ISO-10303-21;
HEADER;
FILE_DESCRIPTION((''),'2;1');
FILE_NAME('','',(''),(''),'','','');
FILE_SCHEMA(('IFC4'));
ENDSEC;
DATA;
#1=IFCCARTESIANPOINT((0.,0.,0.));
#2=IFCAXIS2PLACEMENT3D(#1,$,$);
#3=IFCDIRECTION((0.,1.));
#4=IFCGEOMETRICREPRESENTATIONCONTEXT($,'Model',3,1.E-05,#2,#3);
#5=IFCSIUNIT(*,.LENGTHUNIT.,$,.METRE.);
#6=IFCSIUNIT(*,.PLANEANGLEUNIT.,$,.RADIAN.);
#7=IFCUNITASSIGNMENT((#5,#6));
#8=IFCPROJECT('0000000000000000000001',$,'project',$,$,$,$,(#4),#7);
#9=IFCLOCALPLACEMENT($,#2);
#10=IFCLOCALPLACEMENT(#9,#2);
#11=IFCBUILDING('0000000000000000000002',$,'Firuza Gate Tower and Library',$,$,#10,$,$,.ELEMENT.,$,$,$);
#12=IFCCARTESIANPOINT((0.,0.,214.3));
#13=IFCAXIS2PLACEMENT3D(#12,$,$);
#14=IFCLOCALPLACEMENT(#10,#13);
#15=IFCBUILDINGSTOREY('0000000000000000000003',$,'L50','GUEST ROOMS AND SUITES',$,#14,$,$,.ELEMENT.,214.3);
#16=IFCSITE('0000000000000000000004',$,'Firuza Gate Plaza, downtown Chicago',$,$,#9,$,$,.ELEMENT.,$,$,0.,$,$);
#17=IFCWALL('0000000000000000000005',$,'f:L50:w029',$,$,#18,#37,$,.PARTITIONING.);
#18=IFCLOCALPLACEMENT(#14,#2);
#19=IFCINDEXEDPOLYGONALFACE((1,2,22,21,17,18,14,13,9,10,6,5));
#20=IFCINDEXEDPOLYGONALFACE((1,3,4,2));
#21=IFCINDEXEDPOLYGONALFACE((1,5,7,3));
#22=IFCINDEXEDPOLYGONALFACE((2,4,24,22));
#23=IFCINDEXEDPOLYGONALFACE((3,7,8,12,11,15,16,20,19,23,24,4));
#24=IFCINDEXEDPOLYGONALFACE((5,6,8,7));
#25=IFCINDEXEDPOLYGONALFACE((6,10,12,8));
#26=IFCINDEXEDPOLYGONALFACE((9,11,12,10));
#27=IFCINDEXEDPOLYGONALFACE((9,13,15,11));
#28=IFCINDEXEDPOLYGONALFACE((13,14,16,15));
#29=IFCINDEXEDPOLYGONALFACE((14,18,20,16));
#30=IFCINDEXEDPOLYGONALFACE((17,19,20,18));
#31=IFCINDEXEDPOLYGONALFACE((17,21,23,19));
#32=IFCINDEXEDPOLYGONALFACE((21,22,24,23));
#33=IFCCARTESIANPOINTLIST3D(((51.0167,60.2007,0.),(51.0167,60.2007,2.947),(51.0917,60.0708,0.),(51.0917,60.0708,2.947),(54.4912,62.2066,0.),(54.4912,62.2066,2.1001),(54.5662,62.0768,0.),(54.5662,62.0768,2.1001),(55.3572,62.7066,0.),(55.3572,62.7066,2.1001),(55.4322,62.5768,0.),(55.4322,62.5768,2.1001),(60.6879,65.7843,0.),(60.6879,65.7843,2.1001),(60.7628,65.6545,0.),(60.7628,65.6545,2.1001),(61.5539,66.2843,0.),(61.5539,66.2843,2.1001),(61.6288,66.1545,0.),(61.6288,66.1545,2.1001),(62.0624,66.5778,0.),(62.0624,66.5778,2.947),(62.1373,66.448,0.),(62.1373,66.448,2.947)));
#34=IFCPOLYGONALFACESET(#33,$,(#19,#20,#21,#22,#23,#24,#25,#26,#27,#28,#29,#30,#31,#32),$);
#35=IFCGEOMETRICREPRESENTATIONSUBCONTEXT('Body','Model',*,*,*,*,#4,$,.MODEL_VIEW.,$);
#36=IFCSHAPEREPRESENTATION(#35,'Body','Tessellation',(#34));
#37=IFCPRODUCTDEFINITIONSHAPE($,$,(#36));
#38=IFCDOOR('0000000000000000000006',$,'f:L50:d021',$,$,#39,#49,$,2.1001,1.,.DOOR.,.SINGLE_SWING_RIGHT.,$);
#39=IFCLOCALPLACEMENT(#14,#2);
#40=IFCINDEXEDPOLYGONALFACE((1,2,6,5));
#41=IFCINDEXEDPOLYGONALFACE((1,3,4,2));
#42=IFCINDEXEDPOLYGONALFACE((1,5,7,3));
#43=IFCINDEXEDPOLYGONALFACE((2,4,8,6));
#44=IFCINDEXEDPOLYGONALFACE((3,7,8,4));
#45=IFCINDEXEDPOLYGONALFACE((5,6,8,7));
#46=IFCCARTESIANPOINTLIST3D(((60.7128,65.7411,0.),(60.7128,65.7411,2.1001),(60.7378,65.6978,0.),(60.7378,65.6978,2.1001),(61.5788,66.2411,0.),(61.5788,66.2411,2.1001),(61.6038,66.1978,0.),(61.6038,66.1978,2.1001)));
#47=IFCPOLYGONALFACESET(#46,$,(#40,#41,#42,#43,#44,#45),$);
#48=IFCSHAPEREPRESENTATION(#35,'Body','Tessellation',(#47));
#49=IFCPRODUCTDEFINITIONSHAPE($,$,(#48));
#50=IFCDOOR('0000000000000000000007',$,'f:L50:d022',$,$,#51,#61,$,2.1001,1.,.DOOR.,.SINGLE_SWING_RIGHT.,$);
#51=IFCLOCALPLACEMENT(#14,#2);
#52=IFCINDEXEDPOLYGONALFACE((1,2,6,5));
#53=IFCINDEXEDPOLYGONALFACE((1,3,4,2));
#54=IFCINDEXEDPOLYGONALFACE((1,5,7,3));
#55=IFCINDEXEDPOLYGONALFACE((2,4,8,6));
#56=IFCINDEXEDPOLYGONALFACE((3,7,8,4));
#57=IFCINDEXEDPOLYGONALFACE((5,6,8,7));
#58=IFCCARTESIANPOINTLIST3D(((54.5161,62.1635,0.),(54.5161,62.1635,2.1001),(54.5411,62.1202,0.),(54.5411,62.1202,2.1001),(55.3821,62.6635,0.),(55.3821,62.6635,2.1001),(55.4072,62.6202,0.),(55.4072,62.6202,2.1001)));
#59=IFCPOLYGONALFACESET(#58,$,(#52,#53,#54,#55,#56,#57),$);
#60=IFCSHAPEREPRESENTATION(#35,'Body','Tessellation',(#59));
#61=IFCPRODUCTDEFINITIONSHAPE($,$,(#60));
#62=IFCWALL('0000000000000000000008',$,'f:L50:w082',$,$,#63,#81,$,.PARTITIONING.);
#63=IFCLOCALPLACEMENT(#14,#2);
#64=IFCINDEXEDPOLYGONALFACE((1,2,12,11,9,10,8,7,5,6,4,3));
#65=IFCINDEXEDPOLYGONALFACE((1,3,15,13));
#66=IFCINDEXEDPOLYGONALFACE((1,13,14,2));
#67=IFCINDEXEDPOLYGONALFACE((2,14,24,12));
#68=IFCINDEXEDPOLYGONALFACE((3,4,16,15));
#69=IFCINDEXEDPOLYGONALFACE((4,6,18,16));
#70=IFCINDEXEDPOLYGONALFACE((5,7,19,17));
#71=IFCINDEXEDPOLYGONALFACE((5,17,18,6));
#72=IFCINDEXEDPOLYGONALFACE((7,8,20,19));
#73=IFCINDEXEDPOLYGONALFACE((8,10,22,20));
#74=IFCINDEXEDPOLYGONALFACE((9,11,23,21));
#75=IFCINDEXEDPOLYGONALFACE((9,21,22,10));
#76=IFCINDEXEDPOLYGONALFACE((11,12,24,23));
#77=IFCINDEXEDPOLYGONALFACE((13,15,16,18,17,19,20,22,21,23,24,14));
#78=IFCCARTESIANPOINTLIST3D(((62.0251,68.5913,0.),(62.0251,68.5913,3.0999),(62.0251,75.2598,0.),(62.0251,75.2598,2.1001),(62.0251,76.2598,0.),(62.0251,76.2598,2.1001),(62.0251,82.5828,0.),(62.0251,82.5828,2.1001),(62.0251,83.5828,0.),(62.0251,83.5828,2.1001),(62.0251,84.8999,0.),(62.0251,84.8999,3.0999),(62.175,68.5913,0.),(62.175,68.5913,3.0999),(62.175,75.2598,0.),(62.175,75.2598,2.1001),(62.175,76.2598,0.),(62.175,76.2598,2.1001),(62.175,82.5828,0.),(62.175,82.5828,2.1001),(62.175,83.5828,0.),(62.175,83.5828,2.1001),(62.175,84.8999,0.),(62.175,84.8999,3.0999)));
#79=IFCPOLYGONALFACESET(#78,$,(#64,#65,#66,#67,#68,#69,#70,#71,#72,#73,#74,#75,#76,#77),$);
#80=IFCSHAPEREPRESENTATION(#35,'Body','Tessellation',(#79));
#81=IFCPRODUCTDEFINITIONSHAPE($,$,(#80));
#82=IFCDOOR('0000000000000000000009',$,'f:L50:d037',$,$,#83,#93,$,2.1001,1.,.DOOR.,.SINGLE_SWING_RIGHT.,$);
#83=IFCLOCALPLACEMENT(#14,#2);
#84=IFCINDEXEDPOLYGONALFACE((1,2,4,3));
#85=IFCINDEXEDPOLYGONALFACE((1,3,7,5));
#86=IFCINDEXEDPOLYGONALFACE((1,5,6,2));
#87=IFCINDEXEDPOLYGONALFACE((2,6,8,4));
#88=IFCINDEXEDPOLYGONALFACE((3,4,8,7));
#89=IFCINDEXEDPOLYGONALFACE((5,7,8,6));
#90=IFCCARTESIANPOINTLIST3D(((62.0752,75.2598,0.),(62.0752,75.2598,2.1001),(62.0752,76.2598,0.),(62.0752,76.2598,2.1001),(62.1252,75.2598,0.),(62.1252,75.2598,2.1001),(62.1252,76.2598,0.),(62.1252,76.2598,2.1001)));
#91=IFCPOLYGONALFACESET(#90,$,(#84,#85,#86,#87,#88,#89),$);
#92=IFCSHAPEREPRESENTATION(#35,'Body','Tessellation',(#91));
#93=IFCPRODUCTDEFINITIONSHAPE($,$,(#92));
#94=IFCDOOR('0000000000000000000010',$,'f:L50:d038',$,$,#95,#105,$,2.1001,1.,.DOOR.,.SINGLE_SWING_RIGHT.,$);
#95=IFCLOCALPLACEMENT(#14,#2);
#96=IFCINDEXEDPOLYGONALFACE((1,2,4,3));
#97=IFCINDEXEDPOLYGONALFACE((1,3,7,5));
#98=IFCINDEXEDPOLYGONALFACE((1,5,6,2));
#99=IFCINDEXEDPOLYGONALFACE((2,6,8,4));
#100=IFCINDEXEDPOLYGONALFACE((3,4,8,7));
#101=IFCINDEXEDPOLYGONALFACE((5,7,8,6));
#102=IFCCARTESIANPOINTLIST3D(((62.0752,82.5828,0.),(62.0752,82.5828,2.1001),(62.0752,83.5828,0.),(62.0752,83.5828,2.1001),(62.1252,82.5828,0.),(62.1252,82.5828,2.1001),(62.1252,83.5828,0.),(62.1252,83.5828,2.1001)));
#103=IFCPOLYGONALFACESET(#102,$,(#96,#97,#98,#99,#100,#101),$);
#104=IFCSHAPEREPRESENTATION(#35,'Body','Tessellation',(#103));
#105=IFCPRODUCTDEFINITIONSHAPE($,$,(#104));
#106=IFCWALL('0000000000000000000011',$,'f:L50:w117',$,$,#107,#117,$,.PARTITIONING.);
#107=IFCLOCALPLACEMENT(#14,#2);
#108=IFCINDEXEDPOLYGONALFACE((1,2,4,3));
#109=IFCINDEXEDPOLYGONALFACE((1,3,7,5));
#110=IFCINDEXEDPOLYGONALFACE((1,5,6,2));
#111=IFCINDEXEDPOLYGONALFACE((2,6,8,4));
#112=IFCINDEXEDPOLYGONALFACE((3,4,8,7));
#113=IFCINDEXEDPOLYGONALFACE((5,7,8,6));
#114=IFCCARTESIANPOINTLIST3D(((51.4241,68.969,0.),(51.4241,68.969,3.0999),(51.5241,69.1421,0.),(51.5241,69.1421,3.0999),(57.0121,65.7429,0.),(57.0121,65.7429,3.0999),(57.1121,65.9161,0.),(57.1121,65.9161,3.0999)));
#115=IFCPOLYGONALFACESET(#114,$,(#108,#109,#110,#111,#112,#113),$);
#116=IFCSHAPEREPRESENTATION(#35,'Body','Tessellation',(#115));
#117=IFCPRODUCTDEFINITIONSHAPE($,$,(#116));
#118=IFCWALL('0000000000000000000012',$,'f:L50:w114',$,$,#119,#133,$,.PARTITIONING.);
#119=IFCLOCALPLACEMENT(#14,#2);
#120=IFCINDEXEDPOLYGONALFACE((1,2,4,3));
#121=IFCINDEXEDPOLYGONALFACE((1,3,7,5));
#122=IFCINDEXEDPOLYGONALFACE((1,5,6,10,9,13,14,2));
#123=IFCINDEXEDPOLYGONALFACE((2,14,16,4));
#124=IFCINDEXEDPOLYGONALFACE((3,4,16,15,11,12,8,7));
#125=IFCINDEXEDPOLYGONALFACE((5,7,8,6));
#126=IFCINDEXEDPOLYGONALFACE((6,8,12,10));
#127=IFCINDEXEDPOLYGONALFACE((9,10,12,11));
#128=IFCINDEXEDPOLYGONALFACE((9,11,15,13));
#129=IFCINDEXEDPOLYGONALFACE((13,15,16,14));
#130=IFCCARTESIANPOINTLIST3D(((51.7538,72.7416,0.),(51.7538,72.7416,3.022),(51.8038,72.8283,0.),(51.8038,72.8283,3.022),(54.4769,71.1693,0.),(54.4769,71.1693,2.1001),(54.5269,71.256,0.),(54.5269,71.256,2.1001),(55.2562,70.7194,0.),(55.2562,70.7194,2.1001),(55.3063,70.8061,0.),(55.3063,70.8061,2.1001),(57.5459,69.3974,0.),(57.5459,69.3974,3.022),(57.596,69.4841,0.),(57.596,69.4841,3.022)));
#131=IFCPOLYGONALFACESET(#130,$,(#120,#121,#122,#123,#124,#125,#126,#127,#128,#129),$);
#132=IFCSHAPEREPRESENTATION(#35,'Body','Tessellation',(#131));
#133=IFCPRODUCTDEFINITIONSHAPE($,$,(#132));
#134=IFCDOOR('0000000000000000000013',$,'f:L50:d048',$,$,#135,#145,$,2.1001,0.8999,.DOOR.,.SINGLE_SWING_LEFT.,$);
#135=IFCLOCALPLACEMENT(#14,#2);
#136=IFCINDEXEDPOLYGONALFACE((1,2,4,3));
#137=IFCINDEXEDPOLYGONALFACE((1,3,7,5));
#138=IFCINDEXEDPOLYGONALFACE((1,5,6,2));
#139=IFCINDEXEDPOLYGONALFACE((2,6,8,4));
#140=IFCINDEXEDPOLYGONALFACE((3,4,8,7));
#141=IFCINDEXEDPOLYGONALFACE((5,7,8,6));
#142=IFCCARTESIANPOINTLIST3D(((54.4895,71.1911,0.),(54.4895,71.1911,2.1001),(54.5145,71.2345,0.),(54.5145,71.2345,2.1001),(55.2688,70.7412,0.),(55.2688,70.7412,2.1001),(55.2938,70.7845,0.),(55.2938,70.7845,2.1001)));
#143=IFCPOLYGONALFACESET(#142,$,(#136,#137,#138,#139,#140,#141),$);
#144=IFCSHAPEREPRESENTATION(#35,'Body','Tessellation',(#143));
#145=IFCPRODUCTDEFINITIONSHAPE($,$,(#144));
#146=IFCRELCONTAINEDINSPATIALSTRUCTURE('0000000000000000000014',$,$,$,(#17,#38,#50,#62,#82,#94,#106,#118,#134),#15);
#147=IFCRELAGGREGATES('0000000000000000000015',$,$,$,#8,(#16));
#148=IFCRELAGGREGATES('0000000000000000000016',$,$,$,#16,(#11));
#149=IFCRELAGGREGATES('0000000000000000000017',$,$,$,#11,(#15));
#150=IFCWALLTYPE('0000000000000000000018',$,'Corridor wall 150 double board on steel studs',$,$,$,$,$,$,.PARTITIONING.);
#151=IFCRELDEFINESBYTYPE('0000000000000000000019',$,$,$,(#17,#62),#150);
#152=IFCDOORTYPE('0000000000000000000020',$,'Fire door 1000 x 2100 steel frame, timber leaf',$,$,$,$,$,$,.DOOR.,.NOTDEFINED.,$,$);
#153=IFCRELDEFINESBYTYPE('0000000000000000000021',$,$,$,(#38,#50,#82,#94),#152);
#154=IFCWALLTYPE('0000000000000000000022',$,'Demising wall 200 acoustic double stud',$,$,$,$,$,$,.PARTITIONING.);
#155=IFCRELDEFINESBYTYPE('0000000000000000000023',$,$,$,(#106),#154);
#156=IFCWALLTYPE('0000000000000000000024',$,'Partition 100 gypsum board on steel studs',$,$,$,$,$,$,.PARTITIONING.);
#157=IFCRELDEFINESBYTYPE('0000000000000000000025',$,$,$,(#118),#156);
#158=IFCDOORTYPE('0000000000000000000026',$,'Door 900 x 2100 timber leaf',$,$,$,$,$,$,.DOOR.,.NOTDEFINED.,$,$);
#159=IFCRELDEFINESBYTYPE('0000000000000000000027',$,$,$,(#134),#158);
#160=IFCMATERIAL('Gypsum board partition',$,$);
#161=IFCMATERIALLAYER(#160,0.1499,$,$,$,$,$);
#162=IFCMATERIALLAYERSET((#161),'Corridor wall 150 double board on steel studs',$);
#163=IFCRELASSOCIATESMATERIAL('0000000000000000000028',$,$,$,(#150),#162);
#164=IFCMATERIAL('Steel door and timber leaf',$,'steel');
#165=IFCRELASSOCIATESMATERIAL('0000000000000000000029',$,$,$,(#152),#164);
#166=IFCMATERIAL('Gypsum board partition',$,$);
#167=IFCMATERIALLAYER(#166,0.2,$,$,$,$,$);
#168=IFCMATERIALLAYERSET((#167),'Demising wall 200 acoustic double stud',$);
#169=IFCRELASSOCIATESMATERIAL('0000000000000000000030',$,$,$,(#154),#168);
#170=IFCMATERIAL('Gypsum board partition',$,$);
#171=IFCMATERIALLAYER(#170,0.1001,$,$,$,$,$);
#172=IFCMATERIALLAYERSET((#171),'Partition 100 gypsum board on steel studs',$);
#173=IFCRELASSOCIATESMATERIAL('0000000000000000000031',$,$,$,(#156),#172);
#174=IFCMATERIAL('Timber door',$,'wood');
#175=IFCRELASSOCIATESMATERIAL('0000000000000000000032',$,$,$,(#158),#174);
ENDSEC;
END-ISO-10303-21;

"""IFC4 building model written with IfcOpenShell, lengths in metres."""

from ifc_helpers import new_model, si_unit, direction, frame, frame_2d, origin, place, context, subcontext, project, spatial, rectangle, extrude, material, layer, layer_set, type_object, element, fill, save


model = new_model("IFC4")

# Units and contexts
model_context = context("Model", 3, precision=1e-05, world=origin(), true_north=direction((0.0, 1.0)))
body_context = subcontext(model_context, "Body", "Model", "MODEL_VIEW")
ifc_project = project(units=[si_unit("LENGTHUNIT", "METRE"), si_unit("PLANEANGLEUNIT", "RADIAN")], contexts=[model_context])

# Site, building, storey
site_placement = place(None, origin())
site = spatial("IfcSite", under=ifc_project, at=site_placement, Name="Firuza Gate Plaza, downtown Chicago", CompositionType="ELEMENT", RefElevation=0.0)
building_placement = place(site_placement, origin())
building = spatial("IfcBuilding", under=site, at=building_placement, Name="Firuza Gate Tower and Library", CompositionType="ELEMENT")
storey_placement = place(building_placement, frame((0.0, 0.0, 214.3)))
storey = spatial("IfcBuildingStorey", under=building, at=storey_placement, Name="L50", Description="GUEST ROOMS AND SUITES", CompositionType="ELEMENT", Elevation=214.3)

# Walls, openings, doors
ifc_material_1 = material(Name="Gypsum board partition")
ifc_layer_1 = layer(ifc_material_1, 0.1499)
ifc_layer_set_1 = layer_set([ifc_layer_1], Name="Corridor wall 150 double board on steel studs")
wall_type_1 = type_object("IfcWallType", Name="Corridor wall 150 double board on steel studs", PredefinedType="PARTITIONING", material=ifc_layer_set_1)
wall_1_placement = place(storey_placement, frame((62.0999, 66.5129, 0.0), z_axis=(0.0, 0.0, 1.0), x_axis=(-0.866026, -0.499999, 0.0)))
wall_1 = element("IfcWall", 1, at=wall_1_placement, inside=storey, type_object=wall_type_1, Name="f:L50:w029", PredefinedType="PARTITIONING", context=body_context, shape_type="SweptSolid", body=[
    extrude(rectangle(XDim=12.7544, YDim=0.1499, at=frame_2d((6.3772, 0.0))), origin(), (0.0, 0.0, 1.0), 2.947),
])
opening_1_placement = place(wall_1_placement, frame((0.5872, 0.0, 0.0)))
opening_1 = element("IfcOpeningElement", 2, at=opening_1_placement, cuts=wall_1, PredefinedType="OPENING", context=body_context, shape_type="SweptSolid", body=[
    extrude(rectangle(XDim=1.0, YDim=2.1001, at=frame_2d((0.5, 1.05))), frame((0.0, 0.085, 0.0), z_axis=(0.0, -1.0, 0.0), x_axis=(1.0, 0.0, 0.0)), (0.0, 0.0, 1.0), 0.1699),
])
opening_2_placement = place(wall_1_placement, frame((7.7424, 0.0, 0.0)))
opening_2 = element("IfcOpeningElement", 3, at=opening_2_placement, cuts=wall_1, PredefinedType="OPENING", context=body_context, shape_type="SweptSolid", body=[
    extrude(rectangle(XDim=1.0, YDim=2.1001, at=frame_2d((0.5, 1.05))), frame((0.0, 0.085, 0.0), z_axis=(0.0, -1.0, 0.0), x_axis=(1.0, 0.0, 0.0)), (0.0, 0.0, 1.0), 0.1699),
])
ifc_material_2 = material(Name="Steel door and timber leaf", Category="steel")
door_type_1 = type_object("IfcDoorType", Name="Fire door 1000 x 2100 steel frame, timber leaf", OperationType="NOTDEFINED", PredefinedType="DOOR", material=ifc_material_2)
door_1_placement = place(opening_1_placement, origin())
door_1 = element("IfcDoor", 4, at=door_1_placement, inside=storey, type_object=door_type_1, Name="f:L50:d021", OperationType="SINGLE_SWING_RIGHT", OverallHeight=2.1001, OverallWidth=1.0, PredefinedType="DOOR", context=body_context, shape_type="SweptSolid", body=[
    extrude(rectangle(XDim=1.0, YDim=2.1001, at=frame_2d((0.5, 1.05))), frame((0.0, 0.0249, 0.0), z_axis=(0.0, -1.0, 0.0), x_axis=(1.0, 0.0, 0.0)), (0.0, 0.0, 1.0), 0.05),
])
fill(opening_1, door_1)
door_2_placement = place(opening_2_placement, origin())
door_2 = element("IfcDoor", 5, at=door_2_placement, inside=storey, type_object=door_type_1, Name="f:L50:d022", OperationType="SINGLE_SWING_RIGHT", OverallHeight=2.1001, OverallWidth=1.0, PredefinedType="DOOR", context=body_context, shape_type="SweptSolid", body=[
    extrude(rectangle(XDim=1.0, YDim=2.1001, at=frame_2d((0.5, 1.05))), frame((0.0, 0.0249, 0.0), z_axis=(0.0, -1.0, 0.0), x_axis=(1.0, 0.0, 0.0)), (0.0, 0.0, 1.0), 0.05),
])
fill(opening_2, door_2)
wall_2_placement = place(storey_placement, frame((62.1001, 68.5913, 0.0), z_axis=(0.0, 0.0, 1.0), x_axis=(0.0, 1.0, 0.0)))
wall_2 = element("IfcWall", 6, at=wall_2_placement, inside=storey, type_object=wall_type_1, Name="f:L50:w082", PredefinedType="PARTITIONING", context=body_context, shape_type="SweptSolid", body=[
    extrude(rectangle(XDim=16.3086, YDim=0.1499, at=frame_2d((8.1543, 0.0))), origin(), (0.0, 0.0, 1.0), 3.0999),
])
opening_3_placement = place(wall_2_placement, frame((6.6685, 0.0, 0.0)))
opening_3 = element("IfcOpeningElement", 7, at=opening_3_placement, cuts=wall_2, PredefinedType="OPENING", context=body_context, shape_type="SweptSolid", body=[
    extrude(rectangle(XDim=1.0, YDim=2.1001, at=frame_2d((0.5, 1.05))), frame((0.0, 0.085, 0.0), z_axis=(0.0, -1.0, 0.0), x_axis=(1.0, 0.0, 0.0)), (0.0, 0.0, 1.0), 0.1699),
])
opening_4_placement = place(wall_2_placement, frame((13.9915, 0.0, 0.0)))
opening_4 = element("IfcOpeningElement", 8, at=opening_4_placement, cuts=wall_2, PredefinedType="OPENING", context=body_context, shape_type="SweptSolid", body=[
    extrude(rectangle(XDim=1.0, YDim=2.1001, at=frame_2d((0.5, 1.05))), frame((0.0, 0.085, 0.0), z_axis=(0.0, -1.0, 0.0), x_axis=(1.0, 0.0, 0.0)), (0.0, 0.0, 1.0), 0.1699),
])
door_3_placement = place(opening_3_placement, origin())
door_3 = element("IfcDoor", 9, at=door_3_placement, inside=storey, type_object=door_type_1, Name="f:L50:d037", OperationType="SINGLE_SWING_RIGHT", OverallHeight=2.1001, OverallWidth=1.0, PredefinedType="DOOR", context=body_context, shape_type="SweptSolid", body=[
    extrude(rectangle(XDim=1.0, YDim=2.1001, at=frame_2d((0.5, 1.05))), frame((0.0, 0.0249, 0.0), z_axis=(0.0, -1.0, 0.0), x_axis=(1.0, 0.0, 0.0)), (0.0, 0.0, 1.0), 0.05),
])
fill(opening_3, door_3)
door_4_placement = place(opening_4_placement, origin())
door_4 = element("IfcDoor", 10, at=door_4_placement, inside=storey, type_object=door_type_1, Name="f:L50:d038", OperationType="SINGLE_SWING_RIGHT", OverallHeight=2.1001, OverallWidth=1.0, PredefinedType="DOOR", context=body_context, shape_type="SweptSolid", body=[
    extrude(rectangle(XDim=1.0, YDim=2.1001, at=frame_2d((0.5, 1.05))), frame((0.0, 0.0249, 0.0), z_axis=(0.0, -1.0, 0.0), x_axis=(1.0, 0.0, 0.0)), (0.0, 0.0, 1.0), 0.05),
])
fill(opening_4, door_4)

# Wall
ifc_material_3 = material(Name="Gypsum board partition")
ifc_layer_2 = layer(ifc_material_3, 0.2)
ifc_layer_set_2 = layer_set([ifc_layer_2], Name="Demising wall 200 acoustic double stud")
wall_type_2 = type_object("IfcWallType", Name="Demising wall 200 acoustic double stud", PredefinedType="PARTITIONING", material=ifc_layer_set_2)
wall_3_placement = place(storey_placement, frame((57.062, 65.8296, 0.0), z_axis=(0.0, 0.0, 1.0), x_axis=(-0.866041, 0.499972, 0.0)))
element("IfcWall", 11, at=wall_3_placement, inside=storey, type_object=wall_type_2, Name="f:L50:w117", PredefinedType="PARTITIONING", context=body_context, shape_type="SweptSolid", body=[
    extrude(rectangle(XDim=6.4524, YDim=0.2, at=frame_2d((3.2261, 0.0))), origin(), (0.0, 0.0, 1.0), 3.0999),
])

# Wall, opening, door
ifc_material_4 = material(Name="Gypsum board partition")
ifc_layer_3 = layer(ifc_material_4, 0.1001)
ifc_layer_set_3 = layer_set([ifc_layer_3], Name="Partition 100 gypsum board on steel studs")
wall_type_3 = type_object("IfcWallType", Name="Partition 100 gypsum board on steel studs", PredefinedType="PARTITIONING", material=ifc_layer_set_3)
wall_4_placement = place(storey_placement, frame((57.571, 69.4407, 0.0), z_axis=(0.0, 0.0, 1.0), x_axis=(-0.86602, 0.50001, 0.0)))
wall_4 = element("IfcWall", 12, at=wall_4_placement, inside=storey, type_object=wall_type_3, Name="f:L50:w114", PredefinedType="PARTITIONING", context=body_context, shape_type="SweptSolid", body=[
    extrude(rectangle(XDim=6.6882, YDim=0.1001, at=frame_2d((3.3442, 0.0))), origin(), (0.0, 0.0, 1.0), 3.022),
])
opening_5_placement = place(wall_4_placement, frame((2.644, 0.0, 0.0)))
opening_5 = element("IfcOpeningElement", 13, at=opening_5_placement, cuts=wall_4, PredefinedType="OPENING", context=body_context, shape_type="SweptSolid", body=[
    extrude(rectangle(XDim=0.8999, YDim=2.1001, at=frame_2d((0.45, 1.05))), frame((0.0, 0.0601, 0.0), z_axis=(0.0, -1.0, 0.0), x_axis=(1.0, 0.0, 0.0)), (0.0, 0.0, 1.0), 0.1201),
])
ifc_material_5 = material(Name="Timber door", Category="wood")
door_type_2 = type_object("IfcDoorType", Name="Door 900 x 2100 timber leaf", OperationType="NOTDEFINED", PredefinedType="DOOR", material=ifc_material_5)
door_5_placement = place(opening_5_placement, origin())
door_5 = element("IfcDoor", 14, at=door_5_placement, inside=storey, type_object=door_type_2, Name="f:L50:d048", OperationType="SINGLE_SWING_LEFT", OverallHeight=2.1001, OverallWidth=0.8999, PredefinedType="DOOR", context=body_context, shape_type="SweptSolid", body=[
    extrude(rectangle(XDim=0.8999, YDim=2.1001, at=frame_2d((0.45, 1.05))), frame((0.0, 0.0249, 0.0), z_axis=(0.0, -1.0, 0.0), x_axis=(1.0, 0.0, 0.0)), (0.0, 0.0, 1.0), 0.05),
])
fill(opening_5, door_5)

save(model, "model.ifc")
